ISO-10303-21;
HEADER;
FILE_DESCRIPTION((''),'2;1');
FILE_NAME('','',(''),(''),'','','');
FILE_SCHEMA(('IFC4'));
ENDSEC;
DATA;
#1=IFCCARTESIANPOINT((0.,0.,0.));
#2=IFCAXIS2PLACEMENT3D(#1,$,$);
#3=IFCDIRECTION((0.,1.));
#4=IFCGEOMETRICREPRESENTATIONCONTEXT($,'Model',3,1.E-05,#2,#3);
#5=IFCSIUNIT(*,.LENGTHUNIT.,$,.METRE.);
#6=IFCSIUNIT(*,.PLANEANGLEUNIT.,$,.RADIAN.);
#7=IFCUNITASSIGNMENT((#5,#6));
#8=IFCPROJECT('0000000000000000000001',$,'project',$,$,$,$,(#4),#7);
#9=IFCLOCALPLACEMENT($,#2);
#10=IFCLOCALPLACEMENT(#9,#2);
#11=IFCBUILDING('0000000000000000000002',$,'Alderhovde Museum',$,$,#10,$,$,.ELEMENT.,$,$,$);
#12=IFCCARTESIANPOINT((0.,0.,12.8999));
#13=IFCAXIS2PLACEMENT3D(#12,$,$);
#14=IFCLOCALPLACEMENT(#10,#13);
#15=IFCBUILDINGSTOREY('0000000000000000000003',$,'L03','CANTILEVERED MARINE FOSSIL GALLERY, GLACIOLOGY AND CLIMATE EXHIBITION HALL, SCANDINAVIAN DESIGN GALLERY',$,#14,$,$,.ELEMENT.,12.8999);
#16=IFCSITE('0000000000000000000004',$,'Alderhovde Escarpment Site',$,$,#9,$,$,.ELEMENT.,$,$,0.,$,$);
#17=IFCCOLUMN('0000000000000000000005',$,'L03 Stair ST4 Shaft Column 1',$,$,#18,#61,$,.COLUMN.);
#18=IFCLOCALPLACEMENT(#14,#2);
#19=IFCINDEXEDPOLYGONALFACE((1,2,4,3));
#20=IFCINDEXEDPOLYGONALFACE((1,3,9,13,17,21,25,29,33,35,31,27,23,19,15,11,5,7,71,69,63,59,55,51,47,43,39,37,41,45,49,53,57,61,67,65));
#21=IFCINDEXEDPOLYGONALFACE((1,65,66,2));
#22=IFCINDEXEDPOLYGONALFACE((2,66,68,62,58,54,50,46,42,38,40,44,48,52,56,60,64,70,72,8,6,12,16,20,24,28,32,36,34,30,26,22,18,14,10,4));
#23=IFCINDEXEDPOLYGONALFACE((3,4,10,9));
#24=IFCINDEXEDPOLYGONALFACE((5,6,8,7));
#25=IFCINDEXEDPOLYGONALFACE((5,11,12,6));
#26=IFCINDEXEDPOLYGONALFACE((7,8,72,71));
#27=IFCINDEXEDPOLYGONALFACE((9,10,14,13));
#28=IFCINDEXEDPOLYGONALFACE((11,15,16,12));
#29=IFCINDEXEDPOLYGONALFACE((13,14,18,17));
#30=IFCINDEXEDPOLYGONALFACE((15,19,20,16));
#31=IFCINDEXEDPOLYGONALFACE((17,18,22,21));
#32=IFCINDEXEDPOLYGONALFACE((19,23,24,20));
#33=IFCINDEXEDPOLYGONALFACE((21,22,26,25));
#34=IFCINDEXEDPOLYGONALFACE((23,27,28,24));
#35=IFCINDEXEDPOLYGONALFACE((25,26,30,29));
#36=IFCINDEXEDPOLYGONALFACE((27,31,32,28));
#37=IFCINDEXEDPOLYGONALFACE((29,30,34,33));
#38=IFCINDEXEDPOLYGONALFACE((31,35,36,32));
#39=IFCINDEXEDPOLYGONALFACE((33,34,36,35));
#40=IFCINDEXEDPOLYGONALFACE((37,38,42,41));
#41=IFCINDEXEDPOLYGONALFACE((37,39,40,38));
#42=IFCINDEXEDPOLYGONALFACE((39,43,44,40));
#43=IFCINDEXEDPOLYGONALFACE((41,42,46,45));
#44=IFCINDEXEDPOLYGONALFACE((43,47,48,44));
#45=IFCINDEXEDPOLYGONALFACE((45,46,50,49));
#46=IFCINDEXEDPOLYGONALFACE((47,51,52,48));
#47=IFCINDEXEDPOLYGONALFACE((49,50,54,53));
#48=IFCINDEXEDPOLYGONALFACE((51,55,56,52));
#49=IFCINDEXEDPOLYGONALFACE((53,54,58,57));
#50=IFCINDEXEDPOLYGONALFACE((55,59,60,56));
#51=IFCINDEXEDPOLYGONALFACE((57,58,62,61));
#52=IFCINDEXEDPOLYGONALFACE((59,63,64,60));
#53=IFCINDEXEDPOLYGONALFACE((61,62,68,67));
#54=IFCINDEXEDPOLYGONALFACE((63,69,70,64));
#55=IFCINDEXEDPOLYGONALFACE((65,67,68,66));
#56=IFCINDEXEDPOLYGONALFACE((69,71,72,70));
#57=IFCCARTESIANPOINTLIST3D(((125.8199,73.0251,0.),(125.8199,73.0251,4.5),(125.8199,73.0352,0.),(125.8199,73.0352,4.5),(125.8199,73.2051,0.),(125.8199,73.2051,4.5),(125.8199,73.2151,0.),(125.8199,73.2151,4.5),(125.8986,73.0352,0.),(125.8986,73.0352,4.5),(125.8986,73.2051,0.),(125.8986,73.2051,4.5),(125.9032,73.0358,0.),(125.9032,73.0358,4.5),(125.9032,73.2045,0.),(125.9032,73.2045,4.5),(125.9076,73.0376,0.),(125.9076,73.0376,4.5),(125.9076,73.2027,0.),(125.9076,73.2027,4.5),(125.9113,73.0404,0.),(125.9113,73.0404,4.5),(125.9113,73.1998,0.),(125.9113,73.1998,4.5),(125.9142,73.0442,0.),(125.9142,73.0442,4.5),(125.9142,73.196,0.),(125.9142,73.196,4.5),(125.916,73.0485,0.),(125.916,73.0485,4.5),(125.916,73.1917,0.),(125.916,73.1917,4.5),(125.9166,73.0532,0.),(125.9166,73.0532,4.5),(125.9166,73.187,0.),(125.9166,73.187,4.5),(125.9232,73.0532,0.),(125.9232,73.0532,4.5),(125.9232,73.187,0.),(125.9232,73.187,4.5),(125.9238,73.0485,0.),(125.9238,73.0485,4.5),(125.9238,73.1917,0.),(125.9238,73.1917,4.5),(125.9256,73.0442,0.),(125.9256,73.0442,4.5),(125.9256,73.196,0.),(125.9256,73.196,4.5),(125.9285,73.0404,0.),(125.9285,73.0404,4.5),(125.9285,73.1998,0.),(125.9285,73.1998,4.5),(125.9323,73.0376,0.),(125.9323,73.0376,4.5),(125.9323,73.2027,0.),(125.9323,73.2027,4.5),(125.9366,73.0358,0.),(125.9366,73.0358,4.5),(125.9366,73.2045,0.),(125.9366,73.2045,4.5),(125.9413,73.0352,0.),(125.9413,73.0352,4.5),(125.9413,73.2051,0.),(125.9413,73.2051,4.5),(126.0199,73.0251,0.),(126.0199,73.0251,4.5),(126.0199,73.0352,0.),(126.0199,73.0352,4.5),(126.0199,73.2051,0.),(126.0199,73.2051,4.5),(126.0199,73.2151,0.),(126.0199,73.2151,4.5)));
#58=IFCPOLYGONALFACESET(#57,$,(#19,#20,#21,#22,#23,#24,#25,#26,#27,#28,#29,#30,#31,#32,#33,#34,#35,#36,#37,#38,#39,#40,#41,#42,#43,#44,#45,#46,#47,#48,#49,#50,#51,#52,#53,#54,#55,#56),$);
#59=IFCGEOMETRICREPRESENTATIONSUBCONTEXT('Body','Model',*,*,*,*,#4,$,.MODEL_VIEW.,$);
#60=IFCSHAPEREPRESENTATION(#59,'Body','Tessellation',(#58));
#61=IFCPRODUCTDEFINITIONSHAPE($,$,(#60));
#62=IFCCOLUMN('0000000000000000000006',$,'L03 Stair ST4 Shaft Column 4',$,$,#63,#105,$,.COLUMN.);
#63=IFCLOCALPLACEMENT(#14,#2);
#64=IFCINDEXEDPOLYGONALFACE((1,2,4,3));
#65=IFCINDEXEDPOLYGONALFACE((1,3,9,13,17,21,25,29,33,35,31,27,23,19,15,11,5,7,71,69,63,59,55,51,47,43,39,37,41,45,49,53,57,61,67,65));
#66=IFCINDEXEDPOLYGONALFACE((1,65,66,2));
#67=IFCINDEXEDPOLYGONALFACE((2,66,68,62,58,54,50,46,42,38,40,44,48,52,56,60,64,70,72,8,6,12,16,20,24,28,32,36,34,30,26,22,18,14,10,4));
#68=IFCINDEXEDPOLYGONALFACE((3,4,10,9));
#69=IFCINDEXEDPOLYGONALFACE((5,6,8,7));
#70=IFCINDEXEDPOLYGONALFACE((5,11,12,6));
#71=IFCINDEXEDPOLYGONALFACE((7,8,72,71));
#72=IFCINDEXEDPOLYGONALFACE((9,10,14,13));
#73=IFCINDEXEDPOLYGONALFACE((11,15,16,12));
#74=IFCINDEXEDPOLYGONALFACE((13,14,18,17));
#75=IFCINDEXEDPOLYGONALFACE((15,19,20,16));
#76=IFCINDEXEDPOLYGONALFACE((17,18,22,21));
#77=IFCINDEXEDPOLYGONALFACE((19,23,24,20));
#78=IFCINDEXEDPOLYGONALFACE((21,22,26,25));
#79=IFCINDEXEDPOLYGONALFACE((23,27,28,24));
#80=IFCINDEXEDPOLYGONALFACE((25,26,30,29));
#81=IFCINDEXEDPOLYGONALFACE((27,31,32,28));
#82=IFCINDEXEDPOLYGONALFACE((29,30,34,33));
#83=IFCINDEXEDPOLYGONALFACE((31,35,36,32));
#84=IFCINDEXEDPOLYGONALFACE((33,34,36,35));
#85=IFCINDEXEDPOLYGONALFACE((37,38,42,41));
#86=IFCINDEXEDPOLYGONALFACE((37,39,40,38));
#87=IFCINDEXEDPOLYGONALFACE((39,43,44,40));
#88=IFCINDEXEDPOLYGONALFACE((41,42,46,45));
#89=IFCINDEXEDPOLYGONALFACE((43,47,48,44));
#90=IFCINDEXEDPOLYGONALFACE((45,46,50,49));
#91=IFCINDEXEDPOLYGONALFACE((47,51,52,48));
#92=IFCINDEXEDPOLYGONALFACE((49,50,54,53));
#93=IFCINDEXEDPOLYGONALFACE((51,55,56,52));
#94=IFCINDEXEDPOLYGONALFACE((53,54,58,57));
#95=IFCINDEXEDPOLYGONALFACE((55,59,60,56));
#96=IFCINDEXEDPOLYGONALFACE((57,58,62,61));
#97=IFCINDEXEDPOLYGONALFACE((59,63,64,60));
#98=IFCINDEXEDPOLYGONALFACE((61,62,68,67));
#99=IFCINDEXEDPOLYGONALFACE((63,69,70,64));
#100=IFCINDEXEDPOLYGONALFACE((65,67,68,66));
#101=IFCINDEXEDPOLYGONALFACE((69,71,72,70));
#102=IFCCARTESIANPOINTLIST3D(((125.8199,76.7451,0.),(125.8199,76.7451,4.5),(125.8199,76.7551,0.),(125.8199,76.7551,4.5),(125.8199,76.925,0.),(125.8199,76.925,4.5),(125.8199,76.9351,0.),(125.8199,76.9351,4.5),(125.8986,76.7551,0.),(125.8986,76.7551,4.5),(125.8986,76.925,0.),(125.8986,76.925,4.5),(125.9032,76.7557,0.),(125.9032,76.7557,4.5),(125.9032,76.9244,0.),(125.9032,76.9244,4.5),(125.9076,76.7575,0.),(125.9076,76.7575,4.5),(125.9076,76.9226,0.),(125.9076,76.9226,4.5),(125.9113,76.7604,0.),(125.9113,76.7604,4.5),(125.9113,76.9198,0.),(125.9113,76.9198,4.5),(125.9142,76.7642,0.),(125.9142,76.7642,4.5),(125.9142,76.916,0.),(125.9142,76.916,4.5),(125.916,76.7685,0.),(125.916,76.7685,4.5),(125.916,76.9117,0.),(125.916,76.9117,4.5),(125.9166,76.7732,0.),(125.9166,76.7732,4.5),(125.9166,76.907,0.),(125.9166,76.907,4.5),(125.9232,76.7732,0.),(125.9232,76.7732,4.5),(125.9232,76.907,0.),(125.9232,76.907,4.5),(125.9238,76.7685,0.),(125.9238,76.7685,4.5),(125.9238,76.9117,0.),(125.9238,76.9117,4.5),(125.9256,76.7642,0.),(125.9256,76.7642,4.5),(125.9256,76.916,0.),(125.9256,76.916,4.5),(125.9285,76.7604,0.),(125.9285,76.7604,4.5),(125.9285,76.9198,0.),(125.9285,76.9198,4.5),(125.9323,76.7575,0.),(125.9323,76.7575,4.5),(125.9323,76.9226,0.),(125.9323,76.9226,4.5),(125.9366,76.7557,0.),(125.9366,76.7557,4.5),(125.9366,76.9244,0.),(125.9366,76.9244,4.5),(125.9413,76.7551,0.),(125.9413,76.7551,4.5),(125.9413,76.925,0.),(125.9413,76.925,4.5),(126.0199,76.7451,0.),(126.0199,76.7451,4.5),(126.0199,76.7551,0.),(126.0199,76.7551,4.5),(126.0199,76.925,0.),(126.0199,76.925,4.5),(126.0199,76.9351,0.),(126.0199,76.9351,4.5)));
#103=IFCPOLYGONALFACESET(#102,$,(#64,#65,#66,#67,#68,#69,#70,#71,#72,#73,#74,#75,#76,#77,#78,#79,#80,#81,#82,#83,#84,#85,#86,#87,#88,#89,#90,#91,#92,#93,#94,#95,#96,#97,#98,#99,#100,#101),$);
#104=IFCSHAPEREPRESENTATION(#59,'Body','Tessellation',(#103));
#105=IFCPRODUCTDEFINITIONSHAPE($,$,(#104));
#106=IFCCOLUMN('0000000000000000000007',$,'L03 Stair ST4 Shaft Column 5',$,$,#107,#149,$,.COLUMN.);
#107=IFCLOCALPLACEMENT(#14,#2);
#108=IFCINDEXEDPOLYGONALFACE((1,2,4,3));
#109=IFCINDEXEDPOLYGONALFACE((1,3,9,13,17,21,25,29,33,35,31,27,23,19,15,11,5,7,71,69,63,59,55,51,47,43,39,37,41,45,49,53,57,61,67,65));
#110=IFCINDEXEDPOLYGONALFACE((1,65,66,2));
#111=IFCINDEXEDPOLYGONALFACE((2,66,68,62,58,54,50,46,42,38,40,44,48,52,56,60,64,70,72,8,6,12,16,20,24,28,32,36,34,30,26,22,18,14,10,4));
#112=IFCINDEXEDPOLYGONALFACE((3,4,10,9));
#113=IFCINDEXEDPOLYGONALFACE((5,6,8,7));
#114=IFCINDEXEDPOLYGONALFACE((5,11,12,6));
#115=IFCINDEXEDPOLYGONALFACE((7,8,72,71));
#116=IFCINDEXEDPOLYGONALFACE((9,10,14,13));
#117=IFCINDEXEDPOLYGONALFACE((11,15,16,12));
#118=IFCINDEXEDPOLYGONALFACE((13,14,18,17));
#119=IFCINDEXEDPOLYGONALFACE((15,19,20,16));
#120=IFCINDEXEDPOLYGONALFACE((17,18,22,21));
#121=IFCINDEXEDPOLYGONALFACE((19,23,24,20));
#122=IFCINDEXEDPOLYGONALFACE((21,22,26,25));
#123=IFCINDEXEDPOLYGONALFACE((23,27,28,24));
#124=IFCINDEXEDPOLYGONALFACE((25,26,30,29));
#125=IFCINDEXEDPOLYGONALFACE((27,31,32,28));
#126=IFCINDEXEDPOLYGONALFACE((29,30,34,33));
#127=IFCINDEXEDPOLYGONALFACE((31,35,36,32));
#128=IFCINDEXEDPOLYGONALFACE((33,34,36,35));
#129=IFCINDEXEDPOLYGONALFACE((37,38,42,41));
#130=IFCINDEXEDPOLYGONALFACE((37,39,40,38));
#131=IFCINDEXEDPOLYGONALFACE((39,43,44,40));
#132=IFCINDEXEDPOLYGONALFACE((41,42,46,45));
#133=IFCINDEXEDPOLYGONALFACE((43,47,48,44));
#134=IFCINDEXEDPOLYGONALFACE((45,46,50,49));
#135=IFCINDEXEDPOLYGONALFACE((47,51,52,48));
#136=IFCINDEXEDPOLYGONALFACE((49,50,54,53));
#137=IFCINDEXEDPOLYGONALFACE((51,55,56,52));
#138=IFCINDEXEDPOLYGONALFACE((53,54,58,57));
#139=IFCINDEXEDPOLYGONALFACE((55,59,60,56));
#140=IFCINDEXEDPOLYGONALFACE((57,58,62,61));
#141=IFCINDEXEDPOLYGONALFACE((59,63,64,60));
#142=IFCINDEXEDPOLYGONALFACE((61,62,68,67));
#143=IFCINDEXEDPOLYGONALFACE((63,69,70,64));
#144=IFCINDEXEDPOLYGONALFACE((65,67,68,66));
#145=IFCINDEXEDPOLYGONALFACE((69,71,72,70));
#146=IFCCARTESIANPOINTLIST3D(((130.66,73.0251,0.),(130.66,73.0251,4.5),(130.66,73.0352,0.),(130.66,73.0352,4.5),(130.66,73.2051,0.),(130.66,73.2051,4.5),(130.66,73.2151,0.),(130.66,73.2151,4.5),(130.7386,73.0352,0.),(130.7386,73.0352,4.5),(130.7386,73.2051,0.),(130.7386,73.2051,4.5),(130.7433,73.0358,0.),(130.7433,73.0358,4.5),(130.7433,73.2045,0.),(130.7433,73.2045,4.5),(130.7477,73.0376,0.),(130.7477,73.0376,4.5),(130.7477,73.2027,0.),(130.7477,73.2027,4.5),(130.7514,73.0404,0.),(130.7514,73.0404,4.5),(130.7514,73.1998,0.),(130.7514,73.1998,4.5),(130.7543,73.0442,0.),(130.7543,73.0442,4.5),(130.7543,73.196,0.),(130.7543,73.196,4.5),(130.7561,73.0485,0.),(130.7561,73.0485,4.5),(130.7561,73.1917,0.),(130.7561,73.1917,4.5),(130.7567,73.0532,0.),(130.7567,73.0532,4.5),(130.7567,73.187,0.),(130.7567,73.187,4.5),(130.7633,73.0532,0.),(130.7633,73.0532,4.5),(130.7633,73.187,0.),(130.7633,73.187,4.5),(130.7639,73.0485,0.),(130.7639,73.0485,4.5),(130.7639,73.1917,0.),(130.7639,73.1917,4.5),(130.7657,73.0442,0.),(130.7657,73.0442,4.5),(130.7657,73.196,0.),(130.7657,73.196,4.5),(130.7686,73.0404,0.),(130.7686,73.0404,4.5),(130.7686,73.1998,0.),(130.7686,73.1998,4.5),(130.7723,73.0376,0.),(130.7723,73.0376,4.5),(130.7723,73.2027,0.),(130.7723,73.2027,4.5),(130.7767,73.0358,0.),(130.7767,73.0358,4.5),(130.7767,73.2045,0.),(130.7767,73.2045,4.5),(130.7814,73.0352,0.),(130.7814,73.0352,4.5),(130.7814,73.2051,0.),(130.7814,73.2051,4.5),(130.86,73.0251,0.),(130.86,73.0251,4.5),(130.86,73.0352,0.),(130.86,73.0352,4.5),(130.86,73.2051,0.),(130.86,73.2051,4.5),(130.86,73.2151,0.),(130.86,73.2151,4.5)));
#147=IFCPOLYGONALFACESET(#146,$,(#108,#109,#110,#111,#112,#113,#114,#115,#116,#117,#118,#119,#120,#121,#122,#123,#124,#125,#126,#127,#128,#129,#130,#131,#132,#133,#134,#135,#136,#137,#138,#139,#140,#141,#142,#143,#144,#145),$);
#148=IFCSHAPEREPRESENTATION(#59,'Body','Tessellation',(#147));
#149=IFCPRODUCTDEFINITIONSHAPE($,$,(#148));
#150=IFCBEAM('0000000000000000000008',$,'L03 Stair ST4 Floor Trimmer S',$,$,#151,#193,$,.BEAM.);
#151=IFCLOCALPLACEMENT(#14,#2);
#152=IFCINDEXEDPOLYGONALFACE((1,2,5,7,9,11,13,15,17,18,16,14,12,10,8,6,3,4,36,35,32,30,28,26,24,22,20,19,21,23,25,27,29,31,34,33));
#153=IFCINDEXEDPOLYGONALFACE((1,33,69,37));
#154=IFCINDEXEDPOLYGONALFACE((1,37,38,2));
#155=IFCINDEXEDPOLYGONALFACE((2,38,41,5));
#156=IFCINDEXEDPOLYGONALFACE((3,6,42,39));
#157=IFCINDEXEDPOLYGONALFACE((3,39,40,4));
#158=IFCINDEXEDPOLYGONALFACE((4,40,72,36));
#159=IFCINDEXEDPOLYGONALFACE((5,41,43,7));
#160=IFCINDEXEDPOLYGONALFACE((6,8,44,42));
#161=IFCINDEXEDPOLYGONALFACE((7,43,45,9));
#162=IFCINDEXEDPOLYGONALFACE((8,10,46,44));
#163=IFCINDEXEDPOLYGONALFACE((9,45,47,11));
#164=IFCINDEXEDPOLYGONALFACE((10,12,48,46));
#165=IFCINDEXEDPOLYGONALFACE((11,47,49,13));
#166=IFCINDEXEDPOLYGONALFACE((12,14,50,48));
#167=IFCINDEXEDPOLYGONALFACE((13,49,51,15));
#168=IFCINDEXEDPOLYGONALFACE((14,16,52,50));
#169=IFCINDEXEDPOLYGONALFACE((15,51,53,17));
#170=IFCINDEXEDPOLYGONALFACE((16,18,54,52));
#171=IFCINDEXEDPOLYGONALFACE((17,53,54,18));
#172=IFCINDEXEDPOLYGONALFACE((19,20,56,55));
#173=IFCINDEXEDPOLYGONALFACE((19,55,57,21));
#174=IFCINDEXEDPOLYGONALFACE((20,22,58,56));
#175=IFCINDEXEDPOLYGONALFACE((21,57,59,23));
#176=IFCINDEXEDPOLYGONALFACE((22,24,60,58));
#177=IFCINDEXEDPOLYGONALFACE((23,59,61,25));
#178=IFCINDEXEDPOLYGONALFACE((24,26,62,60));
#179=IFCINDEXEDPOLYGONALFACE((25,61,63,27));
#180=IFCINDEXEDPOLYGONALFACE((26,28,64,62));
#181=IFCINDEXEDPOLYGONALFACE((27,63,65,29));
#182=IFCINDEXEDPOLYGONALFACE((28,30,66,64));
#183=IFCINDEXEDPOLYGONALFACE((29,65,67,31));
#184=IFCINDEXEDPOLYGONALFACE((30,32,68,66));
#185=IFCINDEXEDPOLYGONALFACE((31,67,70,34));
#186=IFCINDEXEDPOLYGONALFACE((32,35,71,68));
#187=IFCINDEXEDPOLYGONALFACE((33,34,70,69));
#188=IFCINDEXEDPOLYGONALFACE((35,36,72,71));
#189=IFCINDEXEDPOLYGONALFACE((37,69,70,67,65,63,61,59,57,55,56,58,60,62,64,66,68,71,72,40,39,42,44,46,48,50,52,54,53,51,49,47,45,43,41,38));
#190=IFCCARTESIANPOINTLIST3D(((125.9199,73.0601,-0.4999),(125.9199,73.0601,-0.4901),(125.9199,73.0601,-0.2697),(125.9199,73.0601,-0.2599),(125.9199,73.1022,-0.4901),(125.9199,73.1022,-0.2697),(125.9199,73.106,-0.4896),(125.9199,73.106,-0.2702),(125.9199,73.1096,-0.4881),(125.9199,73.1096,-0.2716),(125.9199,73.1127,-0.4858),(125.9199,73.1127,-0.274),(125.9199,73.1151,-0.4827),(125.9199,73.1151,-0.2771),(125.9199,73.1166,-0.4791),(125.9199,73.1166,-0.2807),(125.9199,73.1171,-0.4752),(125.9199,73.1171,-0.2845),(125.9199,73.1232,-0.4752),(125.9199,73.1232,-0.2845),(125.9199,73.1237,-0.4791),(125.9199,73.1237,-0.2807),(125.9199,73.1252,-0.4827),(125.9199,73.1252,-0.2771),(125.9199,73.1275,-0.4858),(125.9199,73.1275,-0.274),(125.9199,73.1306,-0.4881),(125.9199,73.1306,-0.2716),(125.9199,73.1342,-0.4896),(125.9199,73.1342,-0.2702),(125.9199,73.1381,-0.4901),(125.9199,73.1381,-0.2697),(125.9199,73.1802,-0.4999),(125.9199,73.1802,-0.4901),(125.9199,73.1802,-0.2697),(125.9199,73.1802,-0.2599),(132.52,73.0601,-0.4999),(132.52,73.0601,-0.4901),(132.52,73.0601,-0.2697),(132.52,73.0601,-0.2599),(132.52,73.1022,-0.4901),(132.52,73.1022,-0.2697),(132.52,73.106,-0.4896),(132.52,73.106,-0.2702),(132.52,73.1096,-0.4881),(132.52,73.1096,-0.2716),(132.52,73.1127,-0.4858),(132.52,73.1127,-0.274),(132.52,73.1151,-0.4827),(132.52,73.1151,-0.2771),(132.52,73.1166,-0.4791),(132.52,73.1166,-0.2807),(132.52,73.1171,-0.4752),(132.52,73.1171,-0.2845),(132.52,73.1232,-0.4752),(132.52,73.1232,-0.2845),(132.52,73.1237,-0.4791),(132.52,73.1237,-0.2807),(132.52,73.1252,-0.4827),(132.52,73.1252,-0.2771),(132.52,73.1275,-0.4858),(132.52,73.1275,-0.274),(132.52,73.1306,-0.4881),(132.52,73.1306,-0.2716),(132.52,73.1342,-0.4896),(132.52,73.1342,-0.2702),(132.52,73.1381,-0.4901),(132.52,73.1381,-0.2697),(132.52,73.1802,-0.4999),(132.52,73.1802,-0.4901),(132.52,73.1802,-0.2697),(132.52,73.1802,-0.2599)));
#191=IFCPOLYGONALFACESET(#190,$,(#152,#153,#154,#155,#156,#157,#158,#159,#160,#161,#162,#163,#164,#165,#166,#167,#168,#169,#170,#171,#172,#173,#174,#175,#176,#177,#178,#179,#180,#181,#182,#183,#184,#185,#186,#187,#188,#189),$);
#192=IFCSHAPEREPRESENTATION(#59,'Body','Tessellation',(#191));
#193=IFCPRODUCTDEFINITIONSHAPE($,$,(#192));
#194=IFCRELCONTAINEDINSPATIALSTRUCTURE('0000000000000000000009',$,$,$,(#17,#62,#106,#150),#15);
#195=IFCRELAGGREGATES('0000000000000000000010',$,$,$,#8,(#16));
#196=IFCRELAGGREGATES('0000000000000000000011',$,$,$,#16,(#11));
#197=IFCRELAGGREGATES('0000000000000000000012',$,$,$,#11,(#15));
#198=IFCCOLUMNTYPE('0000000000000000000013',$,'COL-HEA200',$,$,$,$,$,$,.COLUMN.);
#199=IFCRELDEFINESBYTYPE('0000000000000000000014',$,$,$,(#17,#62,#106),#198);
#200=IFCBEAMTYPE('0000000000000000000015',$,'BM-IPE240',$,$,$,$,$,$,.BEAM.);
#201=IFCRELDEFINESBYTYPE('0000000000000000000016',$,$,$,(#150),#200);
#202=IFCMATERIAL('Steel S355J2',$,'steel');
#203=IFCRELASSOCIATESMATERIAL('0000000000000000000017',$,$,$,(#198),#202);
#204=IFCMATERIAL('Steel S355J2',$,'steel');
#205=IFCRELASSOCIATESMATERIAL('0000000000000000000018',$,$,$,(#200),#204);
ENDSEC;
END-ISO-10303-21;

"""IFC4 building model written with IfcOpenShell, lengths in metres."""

from ifc_helpers import new_model, si_unit, direction, frame, origin, origin_2d, place, context, subcontext, project, spatial, i_section, extrude, material, material_profile, profile_set, type_object, element, save


model = new_model("IFC4")

# Units and contexts
model_context = context("Model", 3, precision=1e-05, world=origin(), true_north=direction((0.0, 1.0)))
body_context = subcontext(model_context, "Body", "Model", "MODEL_VIEW")
ifc_project = project(units=[si_unit("LENGTHUNIT", "METRE"), si_unit("PLANEANGLEUNIT", "RADIAN")], contexts=[model_context])

# Site, building, storey
site_placement = place(None, origin())
site = spatial("IfcSite", under=ifc_project, at=site_placement, Name="Alderhovde Escarpment Site", CompositionType="ELEMENT", RefElevation=0.0)
building_placement = place(site_placement, origin())
building = spatial("IfcBuilding", under=site, at=building_placement, Name="Alderhovde Museum", CompositionType="ELEMENT")
storey_placement = place(building_placement, frame((0.0, 0.0, 12.8999)))
storey = spatial("IfcBuildingStorey", under=building, at=storey_placement, Name="L03", Description="CANTILEVERED MARINE FOSSIL GALLERY, GLACIOLOGY AND CLIMATE EXHIBITION HALL, SCANDINAVIAN DESIGN GALLERY", CompositionType="ELEMENT", Elevation=12.8999)

# Columns
ifc_material_1 = material(Name="Steel S355J2", Category="steel")
ifc_material_profile_1 = material_profile(ifc_material_1, i_section(OverallWidth=0.2, OverallDepth=0.1899, WebThickness=0.0066, FlangeThickness=0.01, FilletRadius=0.0181, at=origin_2d()), Name="HEA 200")
ifc_profile_set_1 = profile_set([ifc_material_profile_1], Name="Steel S355J2")
column_type = type_object("IfcColumnType", Name="COL-HEA200", PredefinedType="COLUMN", material=ifc_profile_set_1)
for number, where, z_axis, x_axis, name in (
    (1, (125.9199, 73.1201, 0.0), (0.0, 0.0, 1.0), (1.0, 0.0, 0.0), "L03 Stair ST4 Shaft Column 1"),
    (2, (125.9199, 76.8401, 0.0), (0.0, 0.0, 1.0), (1.0, 0.0, 0.0), "L03 Stair ST4 Shaft Column 4"),
    (3, (130.76, 73.1201, 0.0), (0.0, 0.0, 1.0), (1.0, 0.0, 0.0), "L03 Stair ST4 Shaft Column 5"),
):
    element("IfcColumn", number, at=place(storey_placement, frame(where, z_axis=z_axis, x_axis=x_axis)), inside=storey, type_object=column_type, Name=name, PredefinedType="COLUMN", context=body_context, shape_type="SweptSolid", body=[
        extrude(i_section(OverallWidth=0.2, OverallDepth=0.1899, WebThickness=0.0066, FlangeThickness=0.01, FilletRadius=0.0181, at=origin_2d()), origin(), (0.0, 0.0, 1.0), 4.5),
    ])

# Beam
ifc_material_2 = material(Name="Steel S355J2", Category="steel")
ifc_material_profile_2 = material_profile(ifc_material_2, i_section(OverallWidth=0.1201, OverallDepth=0.24, WebThickness=0.0061, FlangeThickness=0.0098, FilletRadius=0.0149, at=origin_2d()), Name="IPE 240")
ifc_profile_set_2 = profile_set([ifc_material_profile_2], Name="Steel S355J2")
beam_type = type_object("IfcBeamType", Name="BM-IPE240", PredefinedType="BEAM", material=ifc_profile_set_2)
for number, where, z_axis, x_axis, name in (
    (4, (125.9199, 73.1201, -0.3799), (1.0, 0.0, 0.0), (0.0, 1.0, 0.0), "L03 Stair ST4 Floor Trimmer S"),
):
    element("IfcBeam", number, at=place(storey_placement, frame(where, z_axis=z_axis, x_axis=x_axis)), inside=storey, type_object=beam_type, Name=name, PredefinedType="BEAM", context=body_context, shape_type="SweptSolid", body=[
        extrude(i_section(OverallWidth=0.1201, OverallDepth=0.24, WebThickness=0.0061, FlangeThickness=0.0098, FilletRadius=0.0149, at=origin_2d()), origin(), (0.0, 0.0, 1.0), 6.6001),
    ])

save(model, "model.ifc")
